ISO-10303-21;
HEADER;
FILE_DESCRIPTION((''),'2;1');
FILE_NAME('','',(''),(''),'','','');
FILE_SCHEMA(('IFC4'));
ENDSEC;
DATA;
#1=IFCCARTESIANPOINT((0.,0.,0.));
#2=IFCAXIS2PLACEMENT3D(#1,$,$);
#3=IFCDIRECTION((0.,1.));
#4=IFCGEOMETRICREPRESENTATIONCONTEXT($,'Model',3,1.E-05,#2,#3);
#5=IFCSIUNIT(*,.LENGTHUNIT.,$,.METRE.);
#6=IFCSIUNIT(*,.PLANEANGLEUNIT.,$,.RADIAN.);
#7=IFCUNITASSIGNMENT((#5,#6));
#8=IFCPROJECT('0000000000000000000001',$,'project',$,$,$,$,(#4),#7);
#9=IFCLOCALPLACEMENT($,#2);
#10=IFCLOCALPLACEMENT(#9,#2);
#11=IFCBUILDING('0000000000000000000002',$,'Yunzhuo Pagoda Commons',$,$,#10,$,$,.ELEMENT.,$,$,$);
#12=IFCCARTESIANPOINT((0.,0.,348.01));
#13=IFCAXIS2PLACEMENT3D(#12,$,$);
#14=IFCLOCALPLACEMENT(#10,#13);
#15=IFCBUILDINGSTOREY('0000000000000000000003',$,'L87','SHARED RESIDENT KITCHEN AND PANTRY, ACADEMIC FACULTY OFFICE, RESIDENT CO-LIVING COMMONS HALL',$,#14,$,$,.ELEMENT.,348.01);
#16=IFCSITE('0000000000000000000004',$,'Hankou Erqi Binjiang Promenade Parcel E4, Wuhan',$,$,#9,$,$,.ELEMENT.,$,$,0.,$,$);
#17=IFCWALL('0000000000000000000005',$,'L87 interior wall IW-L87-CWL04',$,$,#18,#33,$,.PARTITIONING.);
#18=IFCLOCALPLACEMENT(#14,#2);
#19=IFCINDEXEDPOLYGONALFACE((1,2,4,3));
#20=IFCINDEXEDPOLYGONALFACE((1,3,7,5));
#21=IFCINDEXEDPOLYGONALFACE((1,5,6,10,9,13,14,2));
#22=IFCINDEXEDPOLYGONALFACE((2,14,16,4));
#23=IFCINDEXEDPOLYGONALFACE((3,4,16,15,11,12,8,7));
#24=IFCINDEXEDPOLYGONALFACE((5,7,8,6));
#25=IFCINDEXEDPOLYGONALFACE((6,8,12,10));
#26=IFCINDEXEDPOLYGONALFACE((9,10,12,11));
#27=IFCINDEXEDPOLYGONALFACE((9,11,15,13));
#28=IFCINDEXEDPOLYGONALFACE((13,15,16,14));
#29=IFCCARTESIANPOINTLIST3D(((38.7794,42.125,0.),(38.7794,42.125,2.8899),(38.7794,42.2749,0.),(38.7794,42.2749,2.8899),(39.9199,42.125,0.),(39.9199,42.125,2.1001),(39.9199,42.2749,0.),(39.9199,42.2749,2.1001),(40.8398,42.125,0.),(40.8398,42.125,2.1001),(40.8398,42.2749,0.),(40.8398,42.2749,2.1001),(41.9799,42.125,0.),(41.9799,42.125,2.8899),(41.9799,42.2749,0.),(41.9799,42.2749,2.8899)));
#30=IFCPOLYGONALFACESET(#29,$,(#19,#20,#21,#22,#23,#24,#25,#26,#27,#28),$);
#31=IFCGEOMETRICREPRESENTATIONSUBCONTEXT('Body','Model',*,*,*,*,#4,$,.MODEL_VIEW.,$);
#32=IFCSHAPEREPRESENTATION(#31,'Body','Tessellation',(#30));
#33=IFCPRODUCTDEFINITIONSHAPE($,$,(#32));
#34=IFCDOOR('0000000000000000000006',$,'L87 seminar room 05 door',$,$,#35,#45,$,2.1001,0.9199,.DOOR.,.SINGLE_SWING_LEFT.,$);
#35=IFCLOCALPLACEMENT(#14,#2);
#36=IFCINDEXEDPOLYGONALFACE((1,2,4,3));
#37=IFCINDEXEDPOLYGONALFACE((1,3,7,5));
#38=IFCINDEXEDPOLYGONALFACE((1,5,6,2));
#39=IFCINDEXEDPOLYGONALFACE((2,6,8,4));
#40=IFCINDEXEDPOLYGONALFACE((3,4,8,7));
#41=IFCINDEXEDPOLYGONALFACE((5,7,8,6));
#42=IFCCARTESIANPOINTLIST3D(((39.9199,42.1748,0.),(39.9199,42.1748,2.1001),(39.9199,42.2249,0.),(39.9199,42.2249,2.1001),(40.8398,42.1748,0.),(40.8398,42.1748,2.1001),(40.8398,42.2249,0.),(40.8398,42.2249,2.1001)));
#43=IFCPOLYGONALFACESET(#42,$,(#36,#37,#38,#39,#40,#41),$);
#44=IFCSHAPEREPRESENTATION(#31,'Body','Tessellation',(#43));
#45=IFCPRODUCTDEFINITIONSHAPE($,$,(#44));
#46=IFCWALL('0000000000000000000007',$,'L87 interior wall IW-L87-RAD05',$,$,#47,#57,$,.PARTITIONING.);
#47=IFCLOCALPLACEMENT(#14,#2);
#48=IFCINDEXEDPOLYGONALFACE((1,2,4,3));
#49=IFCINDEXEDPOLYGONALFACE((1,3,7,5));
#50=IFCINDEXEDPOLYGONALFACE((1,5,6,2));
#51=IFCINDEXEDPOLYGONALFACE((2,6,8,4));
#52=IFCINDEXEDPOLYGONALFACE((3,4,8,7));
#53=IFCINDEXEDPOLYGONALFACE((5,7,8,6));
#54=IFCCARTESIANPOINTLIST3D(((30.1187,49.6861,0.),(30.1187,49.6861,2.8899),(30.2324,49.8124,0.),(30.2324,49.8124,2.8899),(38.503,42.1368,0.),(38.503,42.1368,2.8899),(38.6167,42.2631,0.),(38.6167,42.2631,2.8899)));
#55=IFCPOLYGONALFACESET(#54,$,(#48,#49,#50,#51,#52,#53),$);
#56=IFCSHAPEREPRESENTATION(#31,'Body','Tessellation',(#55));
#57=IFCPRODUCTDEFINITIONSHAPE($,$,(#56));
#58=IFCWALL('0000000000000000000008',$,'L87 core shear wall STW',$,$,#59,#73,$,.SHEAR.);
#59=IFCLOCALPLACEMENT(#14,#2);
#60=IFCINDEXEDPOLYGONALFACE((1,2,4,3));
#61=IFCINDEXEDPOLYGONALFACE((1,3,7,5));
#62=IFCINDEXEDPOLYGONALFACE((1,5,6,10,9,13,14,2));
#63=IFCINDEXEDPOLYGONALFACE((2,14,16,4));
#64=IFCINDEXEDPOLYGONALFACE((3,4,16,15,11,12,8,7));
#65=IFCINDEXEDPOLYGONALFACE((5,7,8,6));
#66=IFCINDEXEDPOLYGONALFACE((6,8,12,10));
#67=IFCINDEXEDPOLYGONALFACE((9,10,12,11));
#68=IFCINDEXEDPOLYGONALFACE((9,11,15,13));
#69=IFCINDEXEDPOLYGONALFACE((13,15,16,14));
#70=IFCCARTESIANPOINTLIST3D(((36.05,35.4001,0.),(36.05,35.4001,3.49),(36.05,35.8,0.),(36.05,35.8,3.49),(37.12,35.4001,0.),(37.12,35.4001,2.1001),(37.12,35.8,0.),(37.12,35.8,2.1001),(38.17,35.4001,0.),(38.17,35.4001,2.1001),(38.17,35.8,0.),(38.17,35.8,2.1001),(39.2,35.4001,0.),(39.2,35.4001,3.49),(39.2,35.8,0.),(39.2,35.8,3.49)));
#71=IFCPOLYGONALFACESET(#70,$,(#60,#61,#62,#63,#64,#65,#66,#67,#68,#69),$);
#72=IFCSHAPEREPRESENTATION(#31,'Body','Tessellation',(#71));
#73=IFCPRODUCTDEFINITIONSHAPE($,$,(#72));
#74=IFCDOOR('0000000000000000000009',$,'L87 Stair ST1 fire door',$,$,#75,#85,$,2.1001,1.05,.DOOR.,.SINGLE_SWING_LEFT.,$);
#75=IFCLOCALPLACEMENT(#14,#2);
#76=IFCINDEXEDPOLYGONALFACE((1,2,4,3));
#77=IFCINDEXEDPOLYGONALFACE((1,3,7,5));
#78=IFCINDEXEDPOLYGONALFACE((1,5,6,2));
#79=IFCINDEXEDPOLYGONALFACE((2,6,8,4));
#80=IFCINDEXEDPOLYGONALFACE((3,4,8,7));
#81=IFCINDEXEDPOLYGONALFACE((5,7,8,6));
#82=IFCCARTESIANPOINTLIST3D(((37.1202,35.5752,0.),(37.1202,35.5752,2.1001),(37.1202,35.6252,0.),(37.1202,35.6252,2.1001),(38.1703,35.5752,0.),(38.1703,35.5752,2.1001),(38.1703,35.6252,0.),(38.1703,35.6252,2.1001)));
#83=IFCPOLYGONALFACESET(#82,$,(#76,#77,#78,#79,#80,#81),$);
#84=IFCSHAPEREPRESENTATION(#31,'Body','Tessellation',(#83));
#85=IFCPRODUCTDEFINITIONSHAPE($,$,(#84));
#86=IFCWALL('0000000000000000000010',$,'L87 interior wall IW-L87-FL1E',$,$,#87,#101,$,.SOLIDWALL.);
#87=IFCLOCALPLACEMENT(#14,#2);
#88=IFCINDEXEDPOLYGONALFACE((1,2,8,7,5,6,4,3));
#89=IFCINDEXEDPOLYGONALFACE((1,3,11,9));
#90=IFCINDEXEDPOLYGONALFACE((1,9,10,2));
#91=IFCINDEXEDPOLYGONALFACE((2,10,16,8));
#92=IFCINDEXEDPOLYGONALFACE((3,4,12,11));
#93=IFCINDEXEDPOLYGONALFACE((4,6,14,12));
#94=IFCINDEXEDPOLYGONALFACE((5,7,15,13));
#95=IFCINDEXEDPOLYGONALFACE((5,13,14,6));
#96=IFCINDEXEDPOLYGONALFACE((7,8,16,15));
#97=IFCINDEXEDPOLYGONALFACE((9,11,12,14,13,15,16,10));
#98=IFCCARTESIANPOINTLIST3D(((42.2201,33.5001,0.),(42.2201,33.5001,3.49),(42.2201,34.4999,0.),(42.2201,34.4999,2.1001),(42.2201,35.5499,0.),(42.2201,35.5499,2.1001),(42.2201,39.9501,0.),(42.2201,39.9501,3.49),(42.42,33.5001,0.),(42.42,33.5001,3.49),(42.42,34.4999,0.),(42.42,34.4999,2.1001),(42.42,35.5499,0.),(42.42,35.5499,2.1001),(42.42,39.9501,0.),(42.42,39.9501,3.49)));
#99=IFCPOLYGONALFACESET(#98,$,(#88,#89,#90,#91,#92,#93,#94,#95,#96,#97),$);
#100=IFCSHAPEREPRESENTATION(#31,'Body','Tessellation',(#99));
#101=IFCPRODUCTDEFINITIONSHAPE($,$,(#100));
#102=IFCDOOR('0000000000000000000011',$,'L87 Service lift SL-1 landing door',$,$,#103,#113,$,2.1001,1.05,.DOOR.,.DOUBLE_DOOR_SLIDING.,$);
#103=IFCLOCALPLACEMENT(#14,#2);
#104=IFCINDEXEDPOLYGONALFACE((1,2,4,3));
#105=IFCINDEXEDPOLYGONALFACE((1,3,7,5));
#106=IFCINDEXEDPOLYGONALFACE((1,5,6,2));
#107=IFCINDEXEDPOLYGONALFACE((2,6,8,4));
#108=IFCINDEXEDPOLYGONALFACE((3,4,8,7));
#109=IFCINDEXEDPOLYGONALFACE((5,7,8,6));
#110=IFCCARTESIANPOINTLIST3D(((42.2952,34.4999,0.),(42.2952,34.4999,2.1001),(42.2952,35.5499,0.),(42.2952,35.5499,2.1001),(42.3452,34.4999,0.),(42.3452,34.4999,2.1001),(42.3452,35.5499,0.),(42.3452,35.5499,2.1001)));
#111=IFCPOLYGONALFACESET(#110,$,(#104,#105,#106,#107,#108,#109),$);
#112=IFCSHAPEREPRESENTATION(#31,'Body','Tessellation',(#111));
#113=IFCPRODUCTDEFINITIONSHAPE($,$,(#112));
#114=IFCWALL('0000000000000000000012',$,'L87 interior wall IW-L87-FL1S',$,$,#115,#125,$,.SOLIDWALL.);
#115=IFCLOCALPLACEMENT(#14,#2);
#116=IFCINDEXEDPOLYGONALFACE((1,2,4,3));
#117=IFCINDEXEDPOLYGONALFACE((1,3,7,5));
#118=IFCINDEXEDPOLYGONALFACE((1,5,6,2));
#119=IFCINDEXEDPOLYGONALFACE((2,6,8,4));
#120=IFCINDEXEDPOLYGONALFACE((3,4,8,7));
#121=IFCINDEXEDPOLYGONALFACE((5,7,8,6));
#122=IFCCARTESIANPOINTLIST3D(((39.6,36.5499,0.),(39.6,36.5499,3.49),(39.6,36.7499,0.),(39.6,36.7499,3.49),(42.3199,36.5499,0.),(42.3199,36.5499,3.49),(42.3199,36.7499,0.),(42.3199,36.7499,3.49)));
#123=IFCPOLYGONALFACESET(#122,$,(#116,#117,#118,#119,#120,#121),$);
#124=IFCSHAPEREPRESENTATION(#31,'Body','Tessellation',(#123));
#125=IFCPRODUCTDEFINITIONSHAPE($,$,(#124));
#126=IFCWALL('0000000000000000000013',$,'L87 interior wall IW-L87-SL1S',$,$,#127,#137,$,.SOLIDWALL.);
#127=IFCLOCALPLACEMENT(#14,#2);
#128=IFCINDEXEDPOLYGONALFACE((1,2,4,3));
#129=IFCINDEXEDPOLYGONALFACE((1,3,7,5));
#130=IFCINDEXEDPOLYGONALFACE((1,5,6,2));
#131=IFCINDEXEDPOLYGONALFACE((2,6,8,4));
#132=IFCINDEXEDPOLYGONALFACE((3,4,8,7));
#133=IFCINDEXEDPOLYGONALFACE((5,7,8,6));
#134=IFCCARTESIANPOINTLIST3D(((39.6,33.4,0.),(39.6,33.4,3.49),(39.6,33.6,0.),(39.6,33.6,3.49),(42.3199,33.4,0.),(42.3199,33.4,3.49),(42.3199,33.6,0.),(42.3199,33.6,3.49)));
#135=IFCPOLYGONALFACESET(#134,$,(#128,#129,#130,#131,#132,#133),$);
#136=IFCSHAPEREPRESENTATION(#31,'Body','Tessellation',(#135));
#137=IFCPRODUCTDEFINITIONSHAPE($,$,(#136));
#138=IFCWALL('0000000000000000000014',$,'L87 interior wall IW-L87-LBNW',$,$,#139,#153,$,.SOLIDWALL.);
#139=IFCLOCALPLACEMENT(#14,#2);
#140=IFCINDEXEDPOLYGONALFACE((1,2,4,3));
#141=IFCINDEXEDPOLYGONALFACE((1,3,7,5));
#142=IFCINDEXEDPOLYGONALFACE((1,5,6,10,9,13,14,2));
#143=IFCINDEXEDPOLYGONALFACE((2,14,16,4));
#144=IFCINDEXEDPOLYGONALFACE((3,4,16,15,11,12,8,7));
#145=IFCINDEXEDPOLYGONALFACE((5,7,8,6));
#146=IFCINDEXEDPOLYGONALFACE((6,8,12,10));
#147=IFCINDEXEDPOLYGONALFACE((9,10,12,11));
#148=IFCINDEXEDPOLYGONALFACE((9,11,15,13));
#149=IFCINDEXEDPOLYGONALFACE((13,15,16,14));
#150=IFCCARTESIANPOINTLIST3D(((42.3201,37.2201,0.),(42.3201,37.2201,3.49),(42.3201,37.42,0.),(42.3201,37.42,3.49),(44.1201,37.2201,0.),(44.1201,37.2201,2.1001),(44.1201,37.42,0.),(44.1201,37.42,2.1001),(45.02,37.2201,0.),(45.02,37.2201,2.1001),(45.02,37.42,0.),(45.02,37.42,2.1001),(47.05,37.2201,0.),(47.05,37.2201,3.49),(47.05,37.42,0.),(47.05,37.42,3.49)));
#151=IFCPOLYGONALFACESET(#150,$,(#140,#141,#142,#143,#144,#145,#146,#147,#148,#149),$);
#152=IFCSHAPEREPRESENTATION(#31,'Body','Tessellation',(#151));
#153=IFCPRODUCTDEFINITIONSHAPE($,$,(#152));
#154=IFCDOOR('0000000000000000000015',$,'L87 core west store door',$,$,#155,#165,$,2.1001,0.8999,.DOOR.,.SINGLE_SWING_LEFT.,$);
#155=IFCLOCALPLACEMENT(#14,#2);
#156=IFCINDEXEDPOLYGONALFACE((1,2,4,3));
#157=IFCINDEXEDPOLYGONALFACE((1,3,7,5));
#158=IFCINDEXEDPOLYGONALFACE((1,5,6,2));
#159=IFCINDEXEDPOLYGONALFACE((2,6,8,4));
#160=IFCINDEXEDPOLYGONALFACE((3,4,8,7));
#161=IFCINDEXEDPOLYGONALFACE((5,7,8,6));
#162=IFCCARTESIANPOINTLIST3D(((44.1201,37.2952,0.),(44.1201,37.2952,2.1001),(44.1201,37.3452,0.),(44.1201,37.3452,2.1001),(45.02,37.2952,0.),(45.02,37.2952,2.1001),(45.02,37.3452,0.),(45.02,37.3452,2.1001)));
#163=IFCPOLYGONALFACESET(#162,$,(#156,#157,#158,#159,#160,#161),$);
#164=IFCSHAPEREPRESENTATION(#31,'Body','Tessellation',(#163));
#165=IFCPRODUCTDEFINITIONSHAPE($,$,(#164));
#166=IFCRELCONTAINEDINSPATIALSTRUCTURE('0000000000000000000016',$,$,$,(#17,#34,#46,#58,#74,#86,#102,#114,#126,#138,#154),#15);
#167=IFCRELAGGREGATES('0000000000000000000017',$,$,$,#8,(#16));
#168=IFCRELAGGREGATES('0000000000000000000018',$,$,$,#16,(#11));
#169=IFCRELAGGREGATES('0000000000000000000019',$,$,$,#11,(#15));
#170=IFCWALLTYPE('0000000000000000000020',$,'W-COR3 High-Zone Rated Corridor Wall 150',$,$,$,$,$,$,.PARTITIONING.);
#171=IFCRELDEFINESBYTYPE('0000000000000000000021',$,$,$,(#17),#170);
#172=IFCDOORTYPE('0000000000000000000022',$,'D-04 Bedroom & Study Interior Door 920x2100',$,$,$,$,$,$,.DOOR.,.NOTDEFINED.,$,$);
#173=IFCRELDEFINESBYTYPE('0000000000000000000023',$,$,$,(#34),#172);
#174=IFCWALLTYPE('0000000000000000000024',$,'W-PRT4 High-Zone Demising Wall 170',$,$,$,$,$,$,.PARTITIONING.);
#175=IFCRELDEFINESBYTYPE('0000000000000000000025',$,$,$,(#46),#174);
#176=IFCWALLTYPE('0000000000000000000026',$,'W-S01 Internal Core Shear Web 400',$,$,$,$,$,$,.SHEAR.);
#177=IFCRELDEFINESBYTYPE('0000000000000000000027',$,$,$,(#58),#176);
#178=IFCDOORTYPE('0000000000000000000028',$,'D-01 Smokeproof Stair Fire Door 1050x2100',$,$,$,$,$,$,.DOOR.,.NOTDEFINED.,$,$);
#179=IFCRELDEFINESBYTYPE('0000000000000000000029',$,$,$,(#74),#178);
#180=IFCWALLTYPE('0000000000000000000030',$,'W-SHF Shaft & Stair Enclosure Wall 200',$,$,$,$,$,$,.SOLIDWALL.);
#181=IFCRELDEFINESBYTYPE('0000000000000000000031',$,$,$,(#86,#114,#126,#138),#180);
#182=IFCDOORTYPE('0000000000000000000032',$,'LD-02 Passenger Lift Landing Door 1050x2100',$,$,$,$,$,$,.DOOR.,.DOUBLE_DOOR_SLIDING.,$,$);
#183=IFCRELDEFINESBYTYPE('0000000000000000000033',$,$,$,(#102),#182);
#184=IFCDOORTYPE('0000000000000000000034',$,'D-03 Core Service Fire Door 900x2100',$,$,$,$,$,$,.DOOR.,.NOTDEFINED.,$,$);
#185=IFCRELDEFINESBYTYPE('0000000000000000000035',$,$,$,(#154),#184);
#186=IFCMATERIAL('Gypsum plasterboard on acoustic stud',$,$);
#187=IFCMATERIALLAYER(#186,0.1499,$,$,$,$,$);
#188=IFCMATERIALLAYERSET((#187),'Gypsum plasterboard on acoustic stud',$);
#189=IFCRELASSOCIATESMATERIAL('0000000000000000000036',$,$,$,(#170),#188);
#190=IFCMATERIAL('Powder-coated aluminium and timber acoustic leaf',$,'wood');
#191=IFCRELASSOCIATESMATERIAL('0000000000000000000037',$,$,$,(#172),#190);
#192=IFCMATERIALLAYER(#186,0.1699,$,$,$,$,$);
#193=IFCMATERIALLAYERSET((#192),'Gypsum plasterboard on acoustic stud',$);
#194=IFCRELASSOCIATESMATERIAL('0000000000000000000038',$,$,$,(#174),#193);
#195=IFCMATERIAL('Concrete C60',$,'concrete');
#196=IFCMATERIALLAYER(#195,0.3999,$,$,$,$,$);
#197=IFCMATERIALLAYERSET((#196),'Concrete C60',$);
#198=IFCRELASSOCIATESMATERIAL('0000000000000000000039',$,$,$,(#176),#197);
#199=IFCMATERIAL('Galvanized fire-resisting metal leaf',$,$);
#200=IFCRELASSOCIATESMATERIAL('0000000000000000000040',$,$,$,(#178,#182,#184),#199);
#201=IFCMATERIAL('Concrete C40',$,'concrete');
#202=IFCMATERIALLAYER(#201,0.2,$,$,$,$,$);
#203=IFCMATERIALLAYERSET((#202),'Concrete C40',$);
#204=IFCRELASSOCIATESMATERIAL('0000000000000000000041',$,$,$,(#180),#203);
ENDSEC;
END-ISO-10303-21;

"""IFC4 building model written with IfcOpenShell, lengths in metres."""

from ifc_helpers import new_model, si_unit, direction, frame, frame_2d, origin, origin_with_axes, place, context, subcontext, project, spatial, rectangle, extrude, source, transform, mapped, material, layer, layer_set, type_object, element, fill, save


model = new_model("IFC4")

# Units and contexts
model_context = context("Model", 3, precision=1e-05, world=origin(), true_north=direction((0.0, 1.0)))
body_context = subcontext(model_context, "Body", "Model", "MODEL_VIEW")
ifc_project = project(units=[si_unit("LENGTHUNIT", "METRE"), si_unit("PLANEANGLEUNIT", "RADIAN")], contexts=[model_context])

# Site, building, storey
site_placement = place(None, origin())
site = spatial("IfcSite", under=ifc_project, at=site_placement, Name="Hankou Erqi Binjiang Promenade Parcel E4, Wuhan", CompositionType="ELEMENT", RefElevation=0.0)
building_placement = place(site_placement, origin())
building = spatial("IfcBuilding", under=site, at=building_placement, Name="Yunzhuo Pagoda Commons", CompositionType="ELEMENT")
storey_placement = place(building_placement, frame((0.0, 0.0, 348.01)))
storey = spatial("IfcBuildingStorey", under=building, at=storey_placement, Name="L87", Description="SHARED RESIDENT KITCHEN AND PANTRY, ACADEMIC FACULTY OFFICE, RESIDENT CO-LIVING COMMONS HALL", CompositionType="ELEMENT", Elevation=348.01)

# Shared definitions
ifc_material_1 = material(Name="Gypsum plasterboard on acoustic stud")
ifc_layer_1 = layer(ifc_material_1, 0.1499)
ifc_layer_set_1 = layer_set([ifc_layer_1], Name="Gypsum plasterboard on acoustic stud")
wall_type_1 = type_object("IfcWallType", Name="W-COR3 High-Zone Rated Corridor Wall 150", PredefinedType="PARTITIONING", material=ifc_layer_set_1)
ifc_material_2 = material(Name="Powder-coated aluminium and timber acoustic leaf", Category="wood")
door_type_1 = type_object("IfcDoorType", Name="D-04 Bedroom & Study Interior Door 920x2100", OperationType="NOTDEFINED", PredefinedType="DOOR", material=ifc_material_2)
shared_shape_1 = source(origin(), body_context, "Body", "SweptSolid", [
    extrude(rectangle(XDim=0.9199, YDim=2.1001, at=frame_2d((0.46, 1.05))), frame((0.0, 0.0249, 0.0), z_axis=(0.0, -1.0, 0.0), x_axis=(1.0, 0.0, 0.0)), (0.0, 0.0, 1.0), 0.05),
])

# Wall, opening, door
wall_1_placement = place(storey_placement, frame((38.7795, 42.2, 0.0), z_axis=(0.0, 0.0, 1.0), x_axis=(1.0, 0.0, 0.0)))
wall_1 = element("IfcWall", 1, at=wall_1_placement, inside=storey, type_object=wall_type_1, Name="L87 interior wall IW-L87-CWL04", PredefinedType="PARTITIONING", context=body_context, shape_type="SweptSolid", body=[
    extrude(rectangle(XDim=3.2004, YDim=0.1499, at=frame_2d((1.6001, 0.0))), origin(), (0.0, 0.0, 1.0), 2.8899),
])
opening_1_placement = place(wall_1_placement, frame((1.1404, 0.0, 0.0)))
opening_1 = element("IfcOpeningElement", 2, at=opening_1_placement, cuts=wall_1, PredefinedType="OPENING", context=body_context, shape_type="SweptSolid", body=[
    extrude(rectangle(XDim=0.9199, YDim=2.1001, at=frame_2d((0.46, 1.05))), frame((0.0, 0.085, 0.0), z_axis=(0.0, -1.0, 0.0), x_axis=(1.0, 0.0, 0.0)), (0.0, 0.0, 1.0), 0.1699),
])
door_1_placement = place(opening_1_placement, origin_with_axes())
door_1 = element("IfcDoor", 3, at=door_1_placement, inside=storey, type_object=door_type_1, Name="L87 seminar room 05 door", OperationType="SINGLE_SWING_LEFT", OverallHeight=2.1001, OverallWidth=0.9199, PredefinedType="DOOR", context=body_context, shape_type="MappedRepresentation", body=[
    mapped(shared_shape_1, transform((0.0, 0.0, 0.0), scale=1.0)),
])
fill(opening_1, door_1)

# Wall
ifc_layer_2 = layer(ifc_material_1, 0.1699)
ifc_layer_set_2 = layer_set([ifc_layer_2], Name="Gypsum plasterboard on acoustic stud")
wall_type_2 = type_object("IfcWallType", Name="W-PRT4 High-Zone Demising Wall 170", PredefinedType="PARTITIONING", material=ifc_layer_set_2)
wall_2_placement = place(storey_placement, frame((38.5598, 42.2, 0.0), z_axis=(0.0, 0.0, 1.0), x_axis=(-0.743141, 0.669134, 0.0)))
element("IfcWall", 4, at=wall_2_placement, inside=storey, type_object=wall_type_2, Name="L87 interior wall IW-L87-RAD05", PredefinedType="PARTITIONING", context=body_context, shape_type="SweptSolid", body=[
    extrude(rectangle(XDim=11.2822, YDim=0.1699, at=frame_2d((5.6411, 0.0))), origin(), (0.0, 0.0, 1.0), 2.8899),
])

# Walls, openings, doors
ifc_material_3 = material(Name="Concrete C60", Category="concrete")
ifc_layer_3 = layer(ifc_material_3, 0.3999)
ifc_layer_set_3 = layer_set([ifc_layer_3], Name="Concrete C60")
wall_type_3 = type_object("IfcWallType", Name="W-S01 Internal Core Shear Web 400", PredefinedType="SHEAR", material=ifc_layer_set_3)
wall_3_placement = place(storey_placement, frame((36.05, 35.6001, 0.0), z_axis=(0.0, 0.0, 1.0), x_axis=(1.0, 0.0, 0.0)))
wall_3 = element("IfcWall", 5, at=wall_3_placement, inside=storey, type_object=wall_type_3, Name="L87 core shear wall STW", PredefinedType="SHEAR", context=body_context, shape_type="SweptSolid", body=[
    extrude(rectangle(XDim=3.1499, YDim=0.3999, at=frame_2d((1.575, 0.0))), origin(), (0.0, 0.0, 1.0), 3.49),
])
opening_2_placement = place(wall_3_placement, frame((1.0701, 0.0, 0.0)))
opening_2 = element("IfcOpeningElement", 6, at=opening_2_placement, cuts=wall_3, PredefinedType="OPENING", context=body_context, shape_type="SweptSolid", body=[
    extrude(rectangle(XDim=1.05, YDim=2.1001, at=frame_2d((0.5249, 1.05))), frame((0.0, 0.21, 0.0), z_axis=(0.0, -1.0, 0.0), x_axis=(1.0, 0.0, 0.0)), (0.0, 0.0, 1.0), 0.4199),
])
ifc_material_4 = material(Name="Galvanized fire-resisting metal leaf")
door_type_2 = type_object("IfcDoorType", Name="D-01 Smokeproof Stair Fire Door 1050x2100", OperationType="NOTDEFINED", PredefinedType="DOOR", material=ifc_material_4)
shared_shape_2 = source(origin(), body_context, "Body", "SweptSolid", [
    extrude(rectangle(XDim=1.05, YDim=2.1001, at=frame_2d((0.5249, 1.05))), frame((0.0, 0.0249, 0.0), z_axis=(0.0, -1.0, 0.0), x_axis=(1.0, 0.0, 0.0)), (0.0, 0.0, 1.0), 0.05),
])
door_2_placement = place(opening_2_placement, frame((1.05, 0.0, 0.0), z_axis=(0.0, 0.0, 1.0), x_axis=(-1.0, 0.0, 0.0)))
door_2 = element("IfcDoor", 7, at=door_2_placement, inside=storey, type_object=door_type_2, Name="L87 Stair ST1 fire door", OperationType="SINGLE_SWING_LEFT", OverallHeight=2.1001, OverallWidth=1.05, PredefinedType="DOOR", context=body_context, shape_type="MappedRepresentation", body=[
    mapped(shared_shape_2, transform((0.0, 0.0, 0.0), scale=1.0)),
])
fill(opening_2, door_2)
ifc_material_5 = material(Name="Concrete C40", Category="concrete")
ifc_layer_4 = layer(ifc_material_5, 0.2)
ifc_layer_set_4 = layer_set([ifc_layer_4], Name="Concrete C40")
wall_type_4 = type_object("IfcWallType", Name="W-SHF Shaft & Stair Enclosure Wall 200", PredefinedType="SOLIDWALL", material=ifc_layer_set_4)
wall_4_placement = place(storey_placement, frame((42.3201, 33.5, 0.0), z_axis=(0.0, 0.0, 1.0), x_axis=(0.0, 1.0, 0.0)))
wall_4 = element("IfcWall", 8, at=wall_4_placement, inside=storey, type_object=wall_type_4, Name="L87 interior wall IW-L87-FL1E", PredefinedType="SOLIDWALL", context=body_context, shape_type="SweptSolid", body=[
    extrude(rectangle(XDim=6.45, YDim=0.2, at=frame_2d((3.2251, 0.0))), origin(), (0.0, 0.0, 1.0), 3.49),
])
opening_3_placement = place(wall_4_placement, frame((1.0, 0.0, 0.0)))
opening_3 = element("IfcOpeningElement", 9, at=opening_3_placement, cuts=wall_4, PredefinedType="OPENING", context=body_context, shape_type="SweptSolid", body=[
    extrude(rectangle(XDim=1.05, YDim=2.1001, at=frame_2d((0.5249, 1.05))), frame((0.0, 0.1099, 0.0), z_axis=(0.0, -1.0, 0.0), x_axis=(1.0, 0.0, 0.0)), (0.0, 0.0, 1.0), 0.22),
])
door_type_3 = type_object("IfcDoorType", Name="LD-02 Passenger Lift Landing Door 1050x2100", OperationType="DOUBLE_DOOR_SLIDING", PredefinedType="DOOR", material=ifc_material_4)
door_3_placement = place(opening_3_placement, origin_with_axes())
door_3 = element("IfcDoor", 10, at=door_3_placement, inside=storey, type_object=door_type_3, Name="L87 Service lift SL-1 landing door", OperationType="DOUBLE_DOOR_SLIDING", OverallHeight=2.1001, OverallWidth=1.05, PredefinedType="DOOR", context=body_context, shape_type="MappedRepresentation", body=[
    mapped(shared_shape_2, transform((0.0, 0.0, 0.0), scale=1.0)),
])
fill(opening_3, door_3)

# Walls
for number, where, z_axis, x_axis, name in (
    (11, (39.6001, 36.6499, 0.0), (0.0, 0.0, 1.0), (1.0, 0.0, 0.0), "L87 interior wall IW-L87-FL1S"),
    (12, (39.6001, 33.5, 0.0), (0.0, 0.0, 1.0), (1.0, 0.0, 0.0), "L87 interior wall IW-L87-SL1S"),
):
    element("IfcWall", number, at=place(storey_placement, frame(where, z_axis=z_axis, x_axis=x_axis)), inside=storey, type_object=wall_type_4, Name=name, PredefinedType="SOLIDWALL", context=body_context, shape_type="SweptSolid", body=[
        extrude(rectangle(XDim=2.72, YDim=0.2, at=frame_2d((1.3599, 0.0))), origin(), (0.0, 0.0, 1.0), 3.49),
    ])

# Wall, opening, door
wall_5_placement = place(storey_placement, frame((42.3201, 37.3201, 0.0), z_axis=(0.0, 0.0, 1.0), x_axis=(1.0, 0.0, 0.0)))
wall_5 = element("IfcWall", 13, at=wall_5_placement, inside=storey, type_object=wall_type_4, Name="L87 interior wall IW-L87-LBNW", PredefinedType="SOLIDWALL", context=body_context, shape_type="SweptSolid", body=[
    extrude(rectangle(XDim=4.73, YDim=0.2, at=frame_2d((2.365, 0.0))), origin(), (0.0, 0.0, 1.0), 3.49),
])
opening_4_placement = place(wall_5_placement, frame((1.8, 0.0, 0.0)))
opening_4 = element("IfcOpeningElement", 14, at=opening_4_placement, cuts=wall_5, PredefinedType="OPENING", context=body_context, shape_type="SweptSolid", body=[
    extrude(rectangle(XDim=0.8999, YDim=2.1001, at=frame_2d((0.45, 1.05))), frame((0.0, 0.1099, 0.0), z_axis=(0.0, -1.0, 0.0), x_axis=(1.0, 0.0, 0.0)), (0.0, 0.0, 1.0), 0.22),
])
door_type_4 = type_object("IfcDoorType", Name="D-03 Core Service Fire Door 900x2100", OperationType="NOTDEFINED", PredefinedType="DOOR", material=ifc_material_4)
shared_shape_3 = source(origin(), body_context, "Body", "SweptSolid", [
    extrude(rectangle(XDim=0.8999, YDim=2.1001, at=frame_2d((0.45, 1.05))), frame((0.0, 0.0249, 0.0), z_axis=(0.0, -1.0, 0.0), x_axis=(1.0, 0.0, 0.0)), (0.0, 0.0, 1.0), 0.05),
])
door_4_placement = place(opening_4_placement, frame((0.8999, 0.0, 0.0), z_axis=(0.0, 0.0, 1.0), x_axis=(-1.0, 0.0, 0.0)))
door_4 = element("IfcDoor", 15, at=door_4_placement, inside=storey, type_object=door_type_4, Name="L87 core west store door", OperationType="SINGLE_SWING_LEFT", OverallHeight=2.1001, OverallWidth=0.8999, PredefinedType="DOOR", context=body_context, shape_type="MappedRepresentation", body=[
    mapped(shared_shape_3, transform((0.0, 0.0, 0.0), scale=1.0)),
])
fill(opening_4, door_4)

save(model, "model.ifc")
